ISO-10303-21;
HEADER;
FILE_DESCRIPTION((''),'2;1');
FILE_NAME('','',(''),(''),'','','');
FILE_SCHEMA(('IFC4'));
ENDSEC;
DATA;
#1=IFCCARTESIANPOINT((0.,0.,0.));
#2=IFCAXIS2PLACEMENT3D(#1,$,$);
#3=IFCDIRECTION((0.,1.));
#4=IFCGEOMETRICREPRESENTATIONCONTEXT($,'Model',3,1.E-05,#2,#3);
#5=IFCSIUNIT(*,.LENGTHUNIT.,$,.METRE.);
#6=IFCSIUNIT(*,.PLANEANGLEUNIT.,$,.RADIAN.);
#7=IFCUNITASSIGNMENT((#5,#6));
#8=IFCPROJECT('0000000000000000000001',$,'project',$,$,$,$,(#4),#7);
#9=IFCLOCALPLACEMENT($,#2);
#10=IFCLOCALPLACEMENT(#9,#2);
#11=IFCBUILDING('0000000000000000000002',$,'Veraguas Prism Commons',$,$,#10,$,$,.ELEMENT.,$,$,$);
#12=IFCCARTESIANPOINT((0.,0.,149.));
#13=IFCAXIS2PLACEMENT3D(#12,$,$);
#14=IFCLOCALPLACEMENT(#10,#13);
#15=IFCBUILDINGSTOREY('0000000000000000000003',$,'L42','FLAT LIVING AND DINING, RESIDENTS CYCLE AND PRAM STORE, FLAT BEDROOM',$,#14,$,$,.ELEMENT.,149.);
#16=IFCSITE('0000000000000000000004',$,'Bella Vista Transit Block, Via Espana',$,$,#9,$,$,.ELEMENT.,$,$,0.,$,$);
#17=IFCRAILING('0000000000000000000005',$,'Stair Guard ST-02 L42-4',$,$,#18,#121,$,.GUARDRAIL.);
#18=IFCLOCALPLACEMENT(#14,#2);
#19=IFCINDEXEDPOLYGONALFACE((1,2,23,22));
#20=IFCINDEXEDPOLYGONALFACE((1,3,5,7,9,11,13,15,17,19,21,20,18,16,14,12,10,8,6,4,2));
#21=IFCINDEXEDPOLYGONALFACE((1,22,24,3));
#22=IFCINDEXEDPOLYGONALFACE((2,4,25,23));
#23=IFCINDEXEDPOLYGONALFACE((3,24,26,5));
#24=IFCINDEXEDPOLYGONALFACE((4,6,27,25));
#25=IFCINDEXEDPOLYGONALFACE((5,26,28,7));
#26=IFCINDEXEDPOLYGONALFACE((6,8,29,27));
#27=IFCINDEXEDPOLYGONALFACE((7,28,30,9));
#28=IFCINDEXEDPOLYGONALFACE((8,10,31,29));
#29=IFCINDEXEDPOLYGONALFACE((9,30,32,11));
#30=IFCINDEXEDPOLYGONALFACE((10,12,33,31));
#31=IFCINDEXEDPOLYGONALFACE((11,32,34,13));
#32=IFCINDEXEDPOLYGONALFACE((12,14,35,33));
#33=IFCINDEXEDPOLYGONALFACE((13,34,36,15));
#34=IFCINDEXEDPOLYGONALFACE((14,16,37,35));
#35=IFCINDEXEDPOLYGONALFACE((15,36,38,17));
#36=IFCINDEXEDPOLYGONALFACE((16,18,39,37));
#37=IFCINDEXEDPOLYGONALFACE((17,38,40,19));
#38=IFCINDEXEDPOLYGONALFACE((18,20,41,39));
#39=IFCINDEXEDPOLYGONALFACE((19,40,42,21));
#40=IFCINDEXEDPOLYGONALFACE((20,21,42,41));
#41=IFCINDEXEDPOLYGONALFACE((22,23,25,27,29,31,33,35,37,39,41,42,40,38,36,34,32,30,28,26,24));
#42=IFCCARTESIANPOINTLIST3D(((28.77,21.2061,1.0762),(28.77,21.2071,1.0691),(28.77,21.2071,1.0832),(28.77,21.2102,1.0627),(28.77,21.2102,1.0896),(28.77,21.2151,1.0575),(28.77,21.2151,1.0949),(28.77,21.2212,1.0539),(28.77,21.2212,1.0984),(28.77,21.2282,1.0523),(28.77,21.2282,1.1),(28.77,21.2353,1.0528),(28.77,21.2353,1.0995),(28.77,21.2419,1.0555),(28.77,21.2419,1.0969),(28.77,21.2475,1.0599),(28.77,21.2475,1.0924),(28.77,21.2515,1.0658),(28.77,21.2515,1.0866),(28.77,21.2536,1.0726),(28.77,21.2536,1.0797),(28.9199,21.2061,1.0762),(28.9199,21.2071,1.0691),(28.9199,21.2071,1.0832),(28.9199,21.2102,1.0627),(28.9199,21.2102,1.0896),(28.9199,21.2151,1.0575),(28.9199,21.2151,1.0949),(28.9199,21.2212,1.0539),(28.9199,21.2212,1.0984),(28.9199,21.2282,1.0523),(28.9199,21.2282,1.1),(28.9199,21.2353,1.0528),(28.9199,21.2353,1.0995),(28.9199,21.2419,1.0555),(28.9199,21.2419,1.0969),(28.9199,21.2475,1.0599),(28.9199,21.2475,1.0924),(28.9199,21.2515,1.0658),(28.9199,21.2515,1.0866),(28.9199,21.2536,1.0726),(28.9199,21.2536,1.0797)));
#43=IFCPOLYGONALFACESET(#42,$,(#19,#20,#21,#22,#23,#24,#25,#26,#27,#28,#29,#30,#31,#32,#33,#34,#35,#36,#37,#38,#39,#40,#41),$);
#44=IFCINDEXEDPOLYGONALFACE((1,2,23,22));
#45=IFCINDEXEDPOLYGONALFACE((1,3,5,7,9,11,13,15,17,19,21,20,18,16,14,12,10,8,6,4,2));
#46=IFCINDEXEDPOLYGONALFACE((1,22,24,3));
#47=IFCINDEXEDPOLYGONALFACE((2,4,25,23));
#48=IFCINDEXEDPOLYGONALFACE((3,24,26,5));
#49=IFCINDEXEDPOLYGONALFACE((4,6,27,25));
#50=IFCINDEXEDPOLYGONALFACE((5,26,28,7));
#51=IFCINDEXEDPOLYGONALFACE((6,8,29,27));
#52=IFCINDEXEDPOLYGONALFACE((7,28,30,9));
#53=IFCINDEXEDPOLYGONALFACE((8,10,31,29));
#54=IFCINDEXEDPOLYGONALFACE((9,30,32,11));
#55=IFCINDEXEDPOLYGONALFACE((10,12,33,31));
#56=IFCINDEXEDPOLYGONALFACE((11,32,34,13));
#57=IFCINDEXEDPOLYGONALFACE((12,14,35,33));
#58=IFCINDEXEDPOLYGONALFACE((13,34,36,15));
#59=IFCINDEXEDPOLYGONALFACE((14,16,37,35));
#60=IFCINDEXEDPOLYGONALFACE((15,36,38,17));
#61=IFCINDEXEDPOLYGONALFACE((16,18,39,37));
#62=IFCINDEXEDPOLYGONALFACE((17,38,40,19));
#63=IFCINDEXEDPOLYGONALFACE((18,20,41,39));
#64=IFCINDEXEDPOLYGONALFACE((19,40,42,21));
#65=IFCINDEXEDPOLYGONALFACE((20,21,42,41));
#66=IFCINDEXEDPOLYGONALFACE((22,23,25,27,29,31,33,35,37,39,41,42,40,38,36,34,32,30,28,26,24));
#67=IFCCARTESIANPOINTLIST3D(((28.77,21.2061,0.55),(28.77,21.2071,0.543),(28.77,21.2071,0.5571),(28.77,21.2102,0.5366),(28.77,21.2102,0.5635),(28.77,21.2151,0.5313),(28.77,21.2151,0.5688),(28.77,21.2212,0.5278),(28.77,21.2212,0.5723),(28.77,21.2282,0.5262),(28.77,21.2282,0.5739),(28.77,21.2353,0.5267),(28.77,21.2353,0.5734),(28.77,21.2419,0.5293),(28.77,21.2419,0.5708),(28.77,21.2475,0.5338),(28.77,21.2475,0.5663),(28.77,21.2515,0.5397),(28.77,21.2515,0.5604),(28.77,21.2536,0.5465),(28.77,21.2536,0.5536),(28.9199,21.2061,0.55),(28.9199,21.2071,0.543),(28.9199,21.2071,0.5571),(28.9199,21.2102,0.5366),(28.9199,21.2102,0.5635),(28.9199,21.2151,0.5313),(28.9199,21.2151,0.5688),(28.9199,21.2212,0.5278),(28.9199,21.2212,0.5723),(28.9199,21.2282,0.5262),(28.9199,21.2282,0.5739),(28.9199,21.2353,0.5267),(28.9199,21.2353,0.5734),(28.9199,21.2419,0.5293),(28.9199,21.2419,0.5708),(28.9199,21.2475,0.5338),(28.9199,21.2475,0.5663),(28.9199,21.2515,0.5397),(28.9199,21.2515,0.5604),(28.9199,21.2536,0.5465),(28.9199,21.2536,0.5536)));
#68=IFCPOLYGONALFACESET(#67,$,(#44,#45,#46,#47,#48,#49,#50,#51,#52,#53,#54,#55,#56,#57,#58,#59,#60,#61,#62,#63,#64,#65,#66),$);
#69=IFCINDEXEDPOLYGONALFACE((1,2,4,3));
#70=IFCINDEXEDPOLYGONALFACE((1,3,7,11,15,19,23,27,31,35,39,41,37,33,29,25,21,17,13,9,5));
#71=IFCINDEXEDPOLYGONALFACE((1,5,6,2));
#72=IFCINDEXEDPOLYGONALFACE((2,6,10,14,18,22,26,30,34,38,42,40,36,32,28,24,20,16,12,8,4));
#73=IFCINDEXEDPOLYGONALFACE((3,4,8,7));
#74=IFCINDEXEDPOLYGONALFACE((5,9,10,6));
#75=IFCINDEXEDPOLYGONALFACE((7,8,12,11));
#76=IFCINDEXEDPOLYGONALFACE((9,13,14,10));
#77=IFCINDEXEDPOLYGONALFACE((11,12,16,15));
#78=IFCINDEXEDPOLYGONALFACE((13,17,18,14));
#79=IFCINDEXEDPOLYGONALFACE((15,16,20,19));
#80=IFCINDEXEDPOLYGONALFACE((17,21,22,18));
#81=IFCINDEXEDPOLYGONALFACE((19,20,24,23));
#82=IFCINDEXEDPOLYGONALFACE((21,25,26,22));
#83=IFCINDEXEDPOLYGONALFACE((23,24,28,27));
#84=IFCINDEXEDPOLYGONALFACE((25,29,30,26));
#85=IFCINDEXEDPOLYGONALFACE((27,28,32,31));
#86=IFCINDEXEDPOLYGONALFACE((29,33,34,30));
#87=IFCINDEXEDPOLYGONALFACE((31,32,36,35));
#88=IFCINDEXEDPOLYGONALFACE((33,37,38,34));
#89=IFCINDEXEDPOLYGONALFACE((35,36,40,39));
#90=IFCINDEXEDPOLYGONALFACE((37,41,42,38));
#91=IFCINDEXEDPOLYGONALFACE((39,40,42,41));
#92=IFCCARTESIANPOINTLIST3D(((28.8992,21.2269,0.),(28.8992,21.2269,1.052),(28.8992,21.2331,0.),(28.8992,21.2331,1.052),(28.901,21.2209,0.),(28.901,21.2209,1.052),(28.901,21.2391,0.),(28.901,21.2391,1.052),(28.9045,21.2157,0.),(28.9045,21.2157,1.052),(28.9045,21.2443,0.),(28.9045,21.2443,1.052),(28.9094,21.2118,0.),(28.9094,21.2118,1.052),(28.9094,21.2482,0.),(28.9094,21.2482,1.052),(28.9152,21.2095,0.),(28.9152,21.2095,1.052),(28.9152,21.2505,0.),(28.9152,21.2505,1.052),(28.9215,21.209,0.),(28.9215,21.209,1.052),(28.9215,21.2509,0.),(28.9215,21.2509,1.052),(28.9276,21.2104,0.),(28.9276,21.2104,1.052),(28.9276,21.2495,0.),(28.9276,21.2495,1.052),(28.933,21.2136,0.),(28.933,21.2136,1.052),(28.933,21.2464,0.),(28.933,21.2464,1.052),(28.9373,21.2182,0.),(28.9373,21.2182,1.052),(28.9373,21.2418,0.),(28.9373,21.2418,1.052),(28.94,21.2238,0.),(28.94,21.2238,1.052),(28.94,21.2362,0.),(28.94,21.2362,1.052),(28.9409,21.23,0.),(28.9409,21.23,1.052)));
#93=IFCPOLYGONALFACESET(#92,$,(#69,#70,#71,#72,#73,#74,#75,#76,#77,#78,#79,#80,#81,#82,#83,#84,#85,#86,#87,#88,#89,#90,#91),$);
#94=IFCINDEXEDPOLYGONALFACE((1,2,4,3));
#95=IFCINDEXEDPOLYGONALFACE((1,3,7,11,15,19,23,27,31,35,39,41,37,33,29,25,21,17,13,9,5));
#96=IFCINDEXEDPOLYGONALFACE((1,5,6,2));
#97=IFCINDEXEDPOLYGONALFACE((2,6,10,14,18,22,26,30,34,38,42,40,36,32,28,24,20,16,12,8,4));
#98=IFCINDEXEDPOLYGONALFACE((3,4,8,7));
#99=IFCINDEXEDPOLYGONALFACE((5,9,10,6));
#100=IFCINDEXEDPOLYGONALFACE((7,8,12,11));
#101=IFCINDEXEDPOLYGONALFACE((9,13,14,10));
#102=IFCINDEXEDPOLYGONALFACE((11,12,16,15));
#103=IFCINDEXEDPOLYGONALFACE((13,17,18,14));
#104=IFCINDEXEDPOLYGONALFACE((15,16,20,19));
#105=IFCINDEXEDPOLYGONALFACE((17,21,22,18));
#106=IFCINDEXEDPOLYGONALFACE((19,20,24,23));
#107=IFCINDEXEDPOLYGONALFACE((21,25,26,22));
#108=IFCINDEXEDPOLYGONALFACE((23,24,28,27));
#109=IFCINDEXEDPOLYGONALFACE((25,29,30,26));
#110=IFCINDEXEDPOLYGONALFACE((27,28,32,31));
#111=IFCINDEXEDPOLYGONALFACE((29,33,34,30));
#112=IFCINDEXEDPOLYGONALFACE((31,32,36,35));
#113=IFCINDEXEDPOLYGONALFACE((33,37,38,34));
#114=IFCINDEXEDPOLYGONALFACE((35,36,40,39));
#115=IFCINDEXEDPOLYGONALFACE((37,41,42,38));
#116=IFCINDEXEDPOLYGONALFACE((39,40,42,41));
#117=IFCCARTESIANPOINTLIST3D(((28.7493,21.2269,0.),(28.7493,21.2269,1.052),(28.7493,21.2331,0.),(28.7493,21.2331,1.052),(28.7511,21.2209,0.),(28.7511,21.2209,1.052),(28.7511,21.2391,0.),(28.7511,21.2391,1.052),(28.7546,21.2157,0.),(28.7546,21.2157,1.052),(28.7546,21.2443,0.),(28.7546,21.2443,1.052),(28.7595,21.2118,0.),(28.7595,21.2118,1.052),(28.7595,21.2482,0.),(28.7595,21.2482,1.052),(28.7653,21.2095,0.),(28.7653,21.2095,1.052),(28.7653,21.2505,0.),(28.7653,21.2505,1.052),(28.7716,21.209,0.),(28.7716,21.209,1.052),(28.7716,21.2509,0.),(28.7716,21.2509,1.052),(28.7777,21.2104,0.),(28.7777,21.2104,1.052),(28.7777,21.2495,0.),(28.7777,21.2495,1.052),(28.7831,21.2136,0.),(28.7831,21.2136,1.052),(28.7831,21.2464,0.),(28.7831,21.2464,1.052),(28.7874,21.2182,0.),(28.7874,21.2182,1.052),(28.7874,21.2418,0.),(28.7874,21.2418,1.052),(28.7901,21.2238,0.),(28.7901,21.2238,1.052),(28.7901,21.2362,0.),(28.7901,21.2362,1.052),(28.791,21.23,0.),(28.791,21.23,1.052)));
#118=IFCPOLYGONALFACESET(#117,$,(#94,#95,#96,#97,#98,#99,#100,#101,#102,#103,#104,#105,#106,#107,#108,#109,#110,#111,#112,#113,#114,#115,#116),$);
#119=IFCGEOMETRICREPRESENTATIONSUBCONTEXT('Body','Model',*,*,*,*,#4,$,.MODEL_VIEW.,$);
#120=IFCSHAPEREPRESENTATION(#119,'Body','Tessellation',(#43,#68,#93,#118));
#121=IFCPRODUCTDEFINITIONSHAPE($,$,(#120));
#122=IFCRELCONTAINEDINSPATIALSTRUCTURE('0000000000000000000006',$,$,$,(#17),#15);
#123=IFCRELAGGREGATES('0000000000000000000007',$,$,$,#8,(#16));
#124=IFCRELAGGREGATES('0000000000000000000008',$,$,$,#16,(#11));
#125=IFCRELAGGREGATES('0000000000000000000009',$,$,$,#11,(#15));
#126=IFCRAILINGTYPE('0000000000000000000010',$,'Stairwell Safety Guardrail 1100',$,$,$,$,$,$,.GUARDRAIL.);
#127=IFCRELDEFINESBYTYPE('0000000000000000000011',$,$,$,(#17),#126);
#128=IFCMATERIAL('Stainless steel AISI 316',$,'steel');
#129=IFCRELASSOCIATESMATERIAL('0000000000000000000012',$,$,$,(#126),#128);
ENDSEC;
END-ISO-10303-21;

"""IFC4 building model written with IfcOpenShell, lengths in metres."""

from ifc_helpers import new_model, si_unit, direction, frame, origin, origin_2d, place, context, subcontext, project, spatial, circle, extrude, material, type_object, element, save


model = new_model("IFC4")

# Units and contexts
model_context = context("Model", 3, precision=1e-05, world=origin(), true_north=direction((0.0, 1.0)))
body_context = subcontext(model_context, "Body", "Model", "MODEL_VIEW")
ifc_project = project(units=[si_unit("LENGTHUNIT", "METRE"), si_unit("PLANEANGLEUNIT", "RADIAN")], contexts=[model_context])

# Site, building, storey
site_placement = place(None, origin())
site = spatial("IfcSite", under=ifc_project, at=site_placement, Name="Bella Vista Transit Block, Via Espana", CompositionType="ELEMENT", RefElevation=0.0)
building_placement = place(site_placement, origin())
building = spatial("IfcBuilding", under=site, at=building_placement, Name="Veraguas Prism Commons", CompositionType="ELEMENT")
storey_placement = place(building_placement, frame((0.0, 0.0, 149.0)))
storey = spatial("IfcBuildingStorey", under=building, at=storey_placement, Name="L42", Description="FLAT LIVING AND DINING, RESIDENTS CYCLE AND PRAM STORE, FLAT BEDROOM", CompositionType="ELEMENT", Elevation=149.0)

# Shared definitions
ifc_material_1 = material(Name="Stainless steel AISI 316", Category="steel")

# Railing
railing_type_1 = type_object("IfcRailingType", Name="Stairwell Safety Guardrail 1100", PredefinedType="GUARDRAIL", material=ifc_material_1)
railing_1_placement = place(storey_placement, frame((28.9199, 21.23, 0.0)))
element("IfcRailing", 1, at=railing_1_placement, inside=storey, type_object=railing_type_1, Name="Stair Guard ST-02 L42-4", PredefinedType="GUARDRAIL", context=body_context, shape_type="SweptSolid", body=[
    extrude(circle(Radius=0.0239, at=origin_2d()), frame((0.0, 0.0, 1.0762), z_axis=(-1.0, 0.0, 0.0), x_axis=(0.0, -1.0, 0.0)), (0.0, 0.0, 1.0), 0.1499),
    extrude(circle(Radius=0.0239, at=origin_2d()), frame((0.0, 0.0, 0.55), z_axis=(-1.0, 0.0, 0.0), x_axis=(0.0, -1.0, 0.0)), (0.0, 0.0, 1.0), 0.1499),
    extrude(circle(Radius=0.021, at=origin_2d()), origin(), (0.0, 0.0, 1.0), 1.052),
    extrude(circle(Radius=0.021, at=origin_2d()), frame((-0.1499, 0.0, 0.0)), (0.0, 0.0, 1.0), 1.052),
])

save(model, "model.ifc")
